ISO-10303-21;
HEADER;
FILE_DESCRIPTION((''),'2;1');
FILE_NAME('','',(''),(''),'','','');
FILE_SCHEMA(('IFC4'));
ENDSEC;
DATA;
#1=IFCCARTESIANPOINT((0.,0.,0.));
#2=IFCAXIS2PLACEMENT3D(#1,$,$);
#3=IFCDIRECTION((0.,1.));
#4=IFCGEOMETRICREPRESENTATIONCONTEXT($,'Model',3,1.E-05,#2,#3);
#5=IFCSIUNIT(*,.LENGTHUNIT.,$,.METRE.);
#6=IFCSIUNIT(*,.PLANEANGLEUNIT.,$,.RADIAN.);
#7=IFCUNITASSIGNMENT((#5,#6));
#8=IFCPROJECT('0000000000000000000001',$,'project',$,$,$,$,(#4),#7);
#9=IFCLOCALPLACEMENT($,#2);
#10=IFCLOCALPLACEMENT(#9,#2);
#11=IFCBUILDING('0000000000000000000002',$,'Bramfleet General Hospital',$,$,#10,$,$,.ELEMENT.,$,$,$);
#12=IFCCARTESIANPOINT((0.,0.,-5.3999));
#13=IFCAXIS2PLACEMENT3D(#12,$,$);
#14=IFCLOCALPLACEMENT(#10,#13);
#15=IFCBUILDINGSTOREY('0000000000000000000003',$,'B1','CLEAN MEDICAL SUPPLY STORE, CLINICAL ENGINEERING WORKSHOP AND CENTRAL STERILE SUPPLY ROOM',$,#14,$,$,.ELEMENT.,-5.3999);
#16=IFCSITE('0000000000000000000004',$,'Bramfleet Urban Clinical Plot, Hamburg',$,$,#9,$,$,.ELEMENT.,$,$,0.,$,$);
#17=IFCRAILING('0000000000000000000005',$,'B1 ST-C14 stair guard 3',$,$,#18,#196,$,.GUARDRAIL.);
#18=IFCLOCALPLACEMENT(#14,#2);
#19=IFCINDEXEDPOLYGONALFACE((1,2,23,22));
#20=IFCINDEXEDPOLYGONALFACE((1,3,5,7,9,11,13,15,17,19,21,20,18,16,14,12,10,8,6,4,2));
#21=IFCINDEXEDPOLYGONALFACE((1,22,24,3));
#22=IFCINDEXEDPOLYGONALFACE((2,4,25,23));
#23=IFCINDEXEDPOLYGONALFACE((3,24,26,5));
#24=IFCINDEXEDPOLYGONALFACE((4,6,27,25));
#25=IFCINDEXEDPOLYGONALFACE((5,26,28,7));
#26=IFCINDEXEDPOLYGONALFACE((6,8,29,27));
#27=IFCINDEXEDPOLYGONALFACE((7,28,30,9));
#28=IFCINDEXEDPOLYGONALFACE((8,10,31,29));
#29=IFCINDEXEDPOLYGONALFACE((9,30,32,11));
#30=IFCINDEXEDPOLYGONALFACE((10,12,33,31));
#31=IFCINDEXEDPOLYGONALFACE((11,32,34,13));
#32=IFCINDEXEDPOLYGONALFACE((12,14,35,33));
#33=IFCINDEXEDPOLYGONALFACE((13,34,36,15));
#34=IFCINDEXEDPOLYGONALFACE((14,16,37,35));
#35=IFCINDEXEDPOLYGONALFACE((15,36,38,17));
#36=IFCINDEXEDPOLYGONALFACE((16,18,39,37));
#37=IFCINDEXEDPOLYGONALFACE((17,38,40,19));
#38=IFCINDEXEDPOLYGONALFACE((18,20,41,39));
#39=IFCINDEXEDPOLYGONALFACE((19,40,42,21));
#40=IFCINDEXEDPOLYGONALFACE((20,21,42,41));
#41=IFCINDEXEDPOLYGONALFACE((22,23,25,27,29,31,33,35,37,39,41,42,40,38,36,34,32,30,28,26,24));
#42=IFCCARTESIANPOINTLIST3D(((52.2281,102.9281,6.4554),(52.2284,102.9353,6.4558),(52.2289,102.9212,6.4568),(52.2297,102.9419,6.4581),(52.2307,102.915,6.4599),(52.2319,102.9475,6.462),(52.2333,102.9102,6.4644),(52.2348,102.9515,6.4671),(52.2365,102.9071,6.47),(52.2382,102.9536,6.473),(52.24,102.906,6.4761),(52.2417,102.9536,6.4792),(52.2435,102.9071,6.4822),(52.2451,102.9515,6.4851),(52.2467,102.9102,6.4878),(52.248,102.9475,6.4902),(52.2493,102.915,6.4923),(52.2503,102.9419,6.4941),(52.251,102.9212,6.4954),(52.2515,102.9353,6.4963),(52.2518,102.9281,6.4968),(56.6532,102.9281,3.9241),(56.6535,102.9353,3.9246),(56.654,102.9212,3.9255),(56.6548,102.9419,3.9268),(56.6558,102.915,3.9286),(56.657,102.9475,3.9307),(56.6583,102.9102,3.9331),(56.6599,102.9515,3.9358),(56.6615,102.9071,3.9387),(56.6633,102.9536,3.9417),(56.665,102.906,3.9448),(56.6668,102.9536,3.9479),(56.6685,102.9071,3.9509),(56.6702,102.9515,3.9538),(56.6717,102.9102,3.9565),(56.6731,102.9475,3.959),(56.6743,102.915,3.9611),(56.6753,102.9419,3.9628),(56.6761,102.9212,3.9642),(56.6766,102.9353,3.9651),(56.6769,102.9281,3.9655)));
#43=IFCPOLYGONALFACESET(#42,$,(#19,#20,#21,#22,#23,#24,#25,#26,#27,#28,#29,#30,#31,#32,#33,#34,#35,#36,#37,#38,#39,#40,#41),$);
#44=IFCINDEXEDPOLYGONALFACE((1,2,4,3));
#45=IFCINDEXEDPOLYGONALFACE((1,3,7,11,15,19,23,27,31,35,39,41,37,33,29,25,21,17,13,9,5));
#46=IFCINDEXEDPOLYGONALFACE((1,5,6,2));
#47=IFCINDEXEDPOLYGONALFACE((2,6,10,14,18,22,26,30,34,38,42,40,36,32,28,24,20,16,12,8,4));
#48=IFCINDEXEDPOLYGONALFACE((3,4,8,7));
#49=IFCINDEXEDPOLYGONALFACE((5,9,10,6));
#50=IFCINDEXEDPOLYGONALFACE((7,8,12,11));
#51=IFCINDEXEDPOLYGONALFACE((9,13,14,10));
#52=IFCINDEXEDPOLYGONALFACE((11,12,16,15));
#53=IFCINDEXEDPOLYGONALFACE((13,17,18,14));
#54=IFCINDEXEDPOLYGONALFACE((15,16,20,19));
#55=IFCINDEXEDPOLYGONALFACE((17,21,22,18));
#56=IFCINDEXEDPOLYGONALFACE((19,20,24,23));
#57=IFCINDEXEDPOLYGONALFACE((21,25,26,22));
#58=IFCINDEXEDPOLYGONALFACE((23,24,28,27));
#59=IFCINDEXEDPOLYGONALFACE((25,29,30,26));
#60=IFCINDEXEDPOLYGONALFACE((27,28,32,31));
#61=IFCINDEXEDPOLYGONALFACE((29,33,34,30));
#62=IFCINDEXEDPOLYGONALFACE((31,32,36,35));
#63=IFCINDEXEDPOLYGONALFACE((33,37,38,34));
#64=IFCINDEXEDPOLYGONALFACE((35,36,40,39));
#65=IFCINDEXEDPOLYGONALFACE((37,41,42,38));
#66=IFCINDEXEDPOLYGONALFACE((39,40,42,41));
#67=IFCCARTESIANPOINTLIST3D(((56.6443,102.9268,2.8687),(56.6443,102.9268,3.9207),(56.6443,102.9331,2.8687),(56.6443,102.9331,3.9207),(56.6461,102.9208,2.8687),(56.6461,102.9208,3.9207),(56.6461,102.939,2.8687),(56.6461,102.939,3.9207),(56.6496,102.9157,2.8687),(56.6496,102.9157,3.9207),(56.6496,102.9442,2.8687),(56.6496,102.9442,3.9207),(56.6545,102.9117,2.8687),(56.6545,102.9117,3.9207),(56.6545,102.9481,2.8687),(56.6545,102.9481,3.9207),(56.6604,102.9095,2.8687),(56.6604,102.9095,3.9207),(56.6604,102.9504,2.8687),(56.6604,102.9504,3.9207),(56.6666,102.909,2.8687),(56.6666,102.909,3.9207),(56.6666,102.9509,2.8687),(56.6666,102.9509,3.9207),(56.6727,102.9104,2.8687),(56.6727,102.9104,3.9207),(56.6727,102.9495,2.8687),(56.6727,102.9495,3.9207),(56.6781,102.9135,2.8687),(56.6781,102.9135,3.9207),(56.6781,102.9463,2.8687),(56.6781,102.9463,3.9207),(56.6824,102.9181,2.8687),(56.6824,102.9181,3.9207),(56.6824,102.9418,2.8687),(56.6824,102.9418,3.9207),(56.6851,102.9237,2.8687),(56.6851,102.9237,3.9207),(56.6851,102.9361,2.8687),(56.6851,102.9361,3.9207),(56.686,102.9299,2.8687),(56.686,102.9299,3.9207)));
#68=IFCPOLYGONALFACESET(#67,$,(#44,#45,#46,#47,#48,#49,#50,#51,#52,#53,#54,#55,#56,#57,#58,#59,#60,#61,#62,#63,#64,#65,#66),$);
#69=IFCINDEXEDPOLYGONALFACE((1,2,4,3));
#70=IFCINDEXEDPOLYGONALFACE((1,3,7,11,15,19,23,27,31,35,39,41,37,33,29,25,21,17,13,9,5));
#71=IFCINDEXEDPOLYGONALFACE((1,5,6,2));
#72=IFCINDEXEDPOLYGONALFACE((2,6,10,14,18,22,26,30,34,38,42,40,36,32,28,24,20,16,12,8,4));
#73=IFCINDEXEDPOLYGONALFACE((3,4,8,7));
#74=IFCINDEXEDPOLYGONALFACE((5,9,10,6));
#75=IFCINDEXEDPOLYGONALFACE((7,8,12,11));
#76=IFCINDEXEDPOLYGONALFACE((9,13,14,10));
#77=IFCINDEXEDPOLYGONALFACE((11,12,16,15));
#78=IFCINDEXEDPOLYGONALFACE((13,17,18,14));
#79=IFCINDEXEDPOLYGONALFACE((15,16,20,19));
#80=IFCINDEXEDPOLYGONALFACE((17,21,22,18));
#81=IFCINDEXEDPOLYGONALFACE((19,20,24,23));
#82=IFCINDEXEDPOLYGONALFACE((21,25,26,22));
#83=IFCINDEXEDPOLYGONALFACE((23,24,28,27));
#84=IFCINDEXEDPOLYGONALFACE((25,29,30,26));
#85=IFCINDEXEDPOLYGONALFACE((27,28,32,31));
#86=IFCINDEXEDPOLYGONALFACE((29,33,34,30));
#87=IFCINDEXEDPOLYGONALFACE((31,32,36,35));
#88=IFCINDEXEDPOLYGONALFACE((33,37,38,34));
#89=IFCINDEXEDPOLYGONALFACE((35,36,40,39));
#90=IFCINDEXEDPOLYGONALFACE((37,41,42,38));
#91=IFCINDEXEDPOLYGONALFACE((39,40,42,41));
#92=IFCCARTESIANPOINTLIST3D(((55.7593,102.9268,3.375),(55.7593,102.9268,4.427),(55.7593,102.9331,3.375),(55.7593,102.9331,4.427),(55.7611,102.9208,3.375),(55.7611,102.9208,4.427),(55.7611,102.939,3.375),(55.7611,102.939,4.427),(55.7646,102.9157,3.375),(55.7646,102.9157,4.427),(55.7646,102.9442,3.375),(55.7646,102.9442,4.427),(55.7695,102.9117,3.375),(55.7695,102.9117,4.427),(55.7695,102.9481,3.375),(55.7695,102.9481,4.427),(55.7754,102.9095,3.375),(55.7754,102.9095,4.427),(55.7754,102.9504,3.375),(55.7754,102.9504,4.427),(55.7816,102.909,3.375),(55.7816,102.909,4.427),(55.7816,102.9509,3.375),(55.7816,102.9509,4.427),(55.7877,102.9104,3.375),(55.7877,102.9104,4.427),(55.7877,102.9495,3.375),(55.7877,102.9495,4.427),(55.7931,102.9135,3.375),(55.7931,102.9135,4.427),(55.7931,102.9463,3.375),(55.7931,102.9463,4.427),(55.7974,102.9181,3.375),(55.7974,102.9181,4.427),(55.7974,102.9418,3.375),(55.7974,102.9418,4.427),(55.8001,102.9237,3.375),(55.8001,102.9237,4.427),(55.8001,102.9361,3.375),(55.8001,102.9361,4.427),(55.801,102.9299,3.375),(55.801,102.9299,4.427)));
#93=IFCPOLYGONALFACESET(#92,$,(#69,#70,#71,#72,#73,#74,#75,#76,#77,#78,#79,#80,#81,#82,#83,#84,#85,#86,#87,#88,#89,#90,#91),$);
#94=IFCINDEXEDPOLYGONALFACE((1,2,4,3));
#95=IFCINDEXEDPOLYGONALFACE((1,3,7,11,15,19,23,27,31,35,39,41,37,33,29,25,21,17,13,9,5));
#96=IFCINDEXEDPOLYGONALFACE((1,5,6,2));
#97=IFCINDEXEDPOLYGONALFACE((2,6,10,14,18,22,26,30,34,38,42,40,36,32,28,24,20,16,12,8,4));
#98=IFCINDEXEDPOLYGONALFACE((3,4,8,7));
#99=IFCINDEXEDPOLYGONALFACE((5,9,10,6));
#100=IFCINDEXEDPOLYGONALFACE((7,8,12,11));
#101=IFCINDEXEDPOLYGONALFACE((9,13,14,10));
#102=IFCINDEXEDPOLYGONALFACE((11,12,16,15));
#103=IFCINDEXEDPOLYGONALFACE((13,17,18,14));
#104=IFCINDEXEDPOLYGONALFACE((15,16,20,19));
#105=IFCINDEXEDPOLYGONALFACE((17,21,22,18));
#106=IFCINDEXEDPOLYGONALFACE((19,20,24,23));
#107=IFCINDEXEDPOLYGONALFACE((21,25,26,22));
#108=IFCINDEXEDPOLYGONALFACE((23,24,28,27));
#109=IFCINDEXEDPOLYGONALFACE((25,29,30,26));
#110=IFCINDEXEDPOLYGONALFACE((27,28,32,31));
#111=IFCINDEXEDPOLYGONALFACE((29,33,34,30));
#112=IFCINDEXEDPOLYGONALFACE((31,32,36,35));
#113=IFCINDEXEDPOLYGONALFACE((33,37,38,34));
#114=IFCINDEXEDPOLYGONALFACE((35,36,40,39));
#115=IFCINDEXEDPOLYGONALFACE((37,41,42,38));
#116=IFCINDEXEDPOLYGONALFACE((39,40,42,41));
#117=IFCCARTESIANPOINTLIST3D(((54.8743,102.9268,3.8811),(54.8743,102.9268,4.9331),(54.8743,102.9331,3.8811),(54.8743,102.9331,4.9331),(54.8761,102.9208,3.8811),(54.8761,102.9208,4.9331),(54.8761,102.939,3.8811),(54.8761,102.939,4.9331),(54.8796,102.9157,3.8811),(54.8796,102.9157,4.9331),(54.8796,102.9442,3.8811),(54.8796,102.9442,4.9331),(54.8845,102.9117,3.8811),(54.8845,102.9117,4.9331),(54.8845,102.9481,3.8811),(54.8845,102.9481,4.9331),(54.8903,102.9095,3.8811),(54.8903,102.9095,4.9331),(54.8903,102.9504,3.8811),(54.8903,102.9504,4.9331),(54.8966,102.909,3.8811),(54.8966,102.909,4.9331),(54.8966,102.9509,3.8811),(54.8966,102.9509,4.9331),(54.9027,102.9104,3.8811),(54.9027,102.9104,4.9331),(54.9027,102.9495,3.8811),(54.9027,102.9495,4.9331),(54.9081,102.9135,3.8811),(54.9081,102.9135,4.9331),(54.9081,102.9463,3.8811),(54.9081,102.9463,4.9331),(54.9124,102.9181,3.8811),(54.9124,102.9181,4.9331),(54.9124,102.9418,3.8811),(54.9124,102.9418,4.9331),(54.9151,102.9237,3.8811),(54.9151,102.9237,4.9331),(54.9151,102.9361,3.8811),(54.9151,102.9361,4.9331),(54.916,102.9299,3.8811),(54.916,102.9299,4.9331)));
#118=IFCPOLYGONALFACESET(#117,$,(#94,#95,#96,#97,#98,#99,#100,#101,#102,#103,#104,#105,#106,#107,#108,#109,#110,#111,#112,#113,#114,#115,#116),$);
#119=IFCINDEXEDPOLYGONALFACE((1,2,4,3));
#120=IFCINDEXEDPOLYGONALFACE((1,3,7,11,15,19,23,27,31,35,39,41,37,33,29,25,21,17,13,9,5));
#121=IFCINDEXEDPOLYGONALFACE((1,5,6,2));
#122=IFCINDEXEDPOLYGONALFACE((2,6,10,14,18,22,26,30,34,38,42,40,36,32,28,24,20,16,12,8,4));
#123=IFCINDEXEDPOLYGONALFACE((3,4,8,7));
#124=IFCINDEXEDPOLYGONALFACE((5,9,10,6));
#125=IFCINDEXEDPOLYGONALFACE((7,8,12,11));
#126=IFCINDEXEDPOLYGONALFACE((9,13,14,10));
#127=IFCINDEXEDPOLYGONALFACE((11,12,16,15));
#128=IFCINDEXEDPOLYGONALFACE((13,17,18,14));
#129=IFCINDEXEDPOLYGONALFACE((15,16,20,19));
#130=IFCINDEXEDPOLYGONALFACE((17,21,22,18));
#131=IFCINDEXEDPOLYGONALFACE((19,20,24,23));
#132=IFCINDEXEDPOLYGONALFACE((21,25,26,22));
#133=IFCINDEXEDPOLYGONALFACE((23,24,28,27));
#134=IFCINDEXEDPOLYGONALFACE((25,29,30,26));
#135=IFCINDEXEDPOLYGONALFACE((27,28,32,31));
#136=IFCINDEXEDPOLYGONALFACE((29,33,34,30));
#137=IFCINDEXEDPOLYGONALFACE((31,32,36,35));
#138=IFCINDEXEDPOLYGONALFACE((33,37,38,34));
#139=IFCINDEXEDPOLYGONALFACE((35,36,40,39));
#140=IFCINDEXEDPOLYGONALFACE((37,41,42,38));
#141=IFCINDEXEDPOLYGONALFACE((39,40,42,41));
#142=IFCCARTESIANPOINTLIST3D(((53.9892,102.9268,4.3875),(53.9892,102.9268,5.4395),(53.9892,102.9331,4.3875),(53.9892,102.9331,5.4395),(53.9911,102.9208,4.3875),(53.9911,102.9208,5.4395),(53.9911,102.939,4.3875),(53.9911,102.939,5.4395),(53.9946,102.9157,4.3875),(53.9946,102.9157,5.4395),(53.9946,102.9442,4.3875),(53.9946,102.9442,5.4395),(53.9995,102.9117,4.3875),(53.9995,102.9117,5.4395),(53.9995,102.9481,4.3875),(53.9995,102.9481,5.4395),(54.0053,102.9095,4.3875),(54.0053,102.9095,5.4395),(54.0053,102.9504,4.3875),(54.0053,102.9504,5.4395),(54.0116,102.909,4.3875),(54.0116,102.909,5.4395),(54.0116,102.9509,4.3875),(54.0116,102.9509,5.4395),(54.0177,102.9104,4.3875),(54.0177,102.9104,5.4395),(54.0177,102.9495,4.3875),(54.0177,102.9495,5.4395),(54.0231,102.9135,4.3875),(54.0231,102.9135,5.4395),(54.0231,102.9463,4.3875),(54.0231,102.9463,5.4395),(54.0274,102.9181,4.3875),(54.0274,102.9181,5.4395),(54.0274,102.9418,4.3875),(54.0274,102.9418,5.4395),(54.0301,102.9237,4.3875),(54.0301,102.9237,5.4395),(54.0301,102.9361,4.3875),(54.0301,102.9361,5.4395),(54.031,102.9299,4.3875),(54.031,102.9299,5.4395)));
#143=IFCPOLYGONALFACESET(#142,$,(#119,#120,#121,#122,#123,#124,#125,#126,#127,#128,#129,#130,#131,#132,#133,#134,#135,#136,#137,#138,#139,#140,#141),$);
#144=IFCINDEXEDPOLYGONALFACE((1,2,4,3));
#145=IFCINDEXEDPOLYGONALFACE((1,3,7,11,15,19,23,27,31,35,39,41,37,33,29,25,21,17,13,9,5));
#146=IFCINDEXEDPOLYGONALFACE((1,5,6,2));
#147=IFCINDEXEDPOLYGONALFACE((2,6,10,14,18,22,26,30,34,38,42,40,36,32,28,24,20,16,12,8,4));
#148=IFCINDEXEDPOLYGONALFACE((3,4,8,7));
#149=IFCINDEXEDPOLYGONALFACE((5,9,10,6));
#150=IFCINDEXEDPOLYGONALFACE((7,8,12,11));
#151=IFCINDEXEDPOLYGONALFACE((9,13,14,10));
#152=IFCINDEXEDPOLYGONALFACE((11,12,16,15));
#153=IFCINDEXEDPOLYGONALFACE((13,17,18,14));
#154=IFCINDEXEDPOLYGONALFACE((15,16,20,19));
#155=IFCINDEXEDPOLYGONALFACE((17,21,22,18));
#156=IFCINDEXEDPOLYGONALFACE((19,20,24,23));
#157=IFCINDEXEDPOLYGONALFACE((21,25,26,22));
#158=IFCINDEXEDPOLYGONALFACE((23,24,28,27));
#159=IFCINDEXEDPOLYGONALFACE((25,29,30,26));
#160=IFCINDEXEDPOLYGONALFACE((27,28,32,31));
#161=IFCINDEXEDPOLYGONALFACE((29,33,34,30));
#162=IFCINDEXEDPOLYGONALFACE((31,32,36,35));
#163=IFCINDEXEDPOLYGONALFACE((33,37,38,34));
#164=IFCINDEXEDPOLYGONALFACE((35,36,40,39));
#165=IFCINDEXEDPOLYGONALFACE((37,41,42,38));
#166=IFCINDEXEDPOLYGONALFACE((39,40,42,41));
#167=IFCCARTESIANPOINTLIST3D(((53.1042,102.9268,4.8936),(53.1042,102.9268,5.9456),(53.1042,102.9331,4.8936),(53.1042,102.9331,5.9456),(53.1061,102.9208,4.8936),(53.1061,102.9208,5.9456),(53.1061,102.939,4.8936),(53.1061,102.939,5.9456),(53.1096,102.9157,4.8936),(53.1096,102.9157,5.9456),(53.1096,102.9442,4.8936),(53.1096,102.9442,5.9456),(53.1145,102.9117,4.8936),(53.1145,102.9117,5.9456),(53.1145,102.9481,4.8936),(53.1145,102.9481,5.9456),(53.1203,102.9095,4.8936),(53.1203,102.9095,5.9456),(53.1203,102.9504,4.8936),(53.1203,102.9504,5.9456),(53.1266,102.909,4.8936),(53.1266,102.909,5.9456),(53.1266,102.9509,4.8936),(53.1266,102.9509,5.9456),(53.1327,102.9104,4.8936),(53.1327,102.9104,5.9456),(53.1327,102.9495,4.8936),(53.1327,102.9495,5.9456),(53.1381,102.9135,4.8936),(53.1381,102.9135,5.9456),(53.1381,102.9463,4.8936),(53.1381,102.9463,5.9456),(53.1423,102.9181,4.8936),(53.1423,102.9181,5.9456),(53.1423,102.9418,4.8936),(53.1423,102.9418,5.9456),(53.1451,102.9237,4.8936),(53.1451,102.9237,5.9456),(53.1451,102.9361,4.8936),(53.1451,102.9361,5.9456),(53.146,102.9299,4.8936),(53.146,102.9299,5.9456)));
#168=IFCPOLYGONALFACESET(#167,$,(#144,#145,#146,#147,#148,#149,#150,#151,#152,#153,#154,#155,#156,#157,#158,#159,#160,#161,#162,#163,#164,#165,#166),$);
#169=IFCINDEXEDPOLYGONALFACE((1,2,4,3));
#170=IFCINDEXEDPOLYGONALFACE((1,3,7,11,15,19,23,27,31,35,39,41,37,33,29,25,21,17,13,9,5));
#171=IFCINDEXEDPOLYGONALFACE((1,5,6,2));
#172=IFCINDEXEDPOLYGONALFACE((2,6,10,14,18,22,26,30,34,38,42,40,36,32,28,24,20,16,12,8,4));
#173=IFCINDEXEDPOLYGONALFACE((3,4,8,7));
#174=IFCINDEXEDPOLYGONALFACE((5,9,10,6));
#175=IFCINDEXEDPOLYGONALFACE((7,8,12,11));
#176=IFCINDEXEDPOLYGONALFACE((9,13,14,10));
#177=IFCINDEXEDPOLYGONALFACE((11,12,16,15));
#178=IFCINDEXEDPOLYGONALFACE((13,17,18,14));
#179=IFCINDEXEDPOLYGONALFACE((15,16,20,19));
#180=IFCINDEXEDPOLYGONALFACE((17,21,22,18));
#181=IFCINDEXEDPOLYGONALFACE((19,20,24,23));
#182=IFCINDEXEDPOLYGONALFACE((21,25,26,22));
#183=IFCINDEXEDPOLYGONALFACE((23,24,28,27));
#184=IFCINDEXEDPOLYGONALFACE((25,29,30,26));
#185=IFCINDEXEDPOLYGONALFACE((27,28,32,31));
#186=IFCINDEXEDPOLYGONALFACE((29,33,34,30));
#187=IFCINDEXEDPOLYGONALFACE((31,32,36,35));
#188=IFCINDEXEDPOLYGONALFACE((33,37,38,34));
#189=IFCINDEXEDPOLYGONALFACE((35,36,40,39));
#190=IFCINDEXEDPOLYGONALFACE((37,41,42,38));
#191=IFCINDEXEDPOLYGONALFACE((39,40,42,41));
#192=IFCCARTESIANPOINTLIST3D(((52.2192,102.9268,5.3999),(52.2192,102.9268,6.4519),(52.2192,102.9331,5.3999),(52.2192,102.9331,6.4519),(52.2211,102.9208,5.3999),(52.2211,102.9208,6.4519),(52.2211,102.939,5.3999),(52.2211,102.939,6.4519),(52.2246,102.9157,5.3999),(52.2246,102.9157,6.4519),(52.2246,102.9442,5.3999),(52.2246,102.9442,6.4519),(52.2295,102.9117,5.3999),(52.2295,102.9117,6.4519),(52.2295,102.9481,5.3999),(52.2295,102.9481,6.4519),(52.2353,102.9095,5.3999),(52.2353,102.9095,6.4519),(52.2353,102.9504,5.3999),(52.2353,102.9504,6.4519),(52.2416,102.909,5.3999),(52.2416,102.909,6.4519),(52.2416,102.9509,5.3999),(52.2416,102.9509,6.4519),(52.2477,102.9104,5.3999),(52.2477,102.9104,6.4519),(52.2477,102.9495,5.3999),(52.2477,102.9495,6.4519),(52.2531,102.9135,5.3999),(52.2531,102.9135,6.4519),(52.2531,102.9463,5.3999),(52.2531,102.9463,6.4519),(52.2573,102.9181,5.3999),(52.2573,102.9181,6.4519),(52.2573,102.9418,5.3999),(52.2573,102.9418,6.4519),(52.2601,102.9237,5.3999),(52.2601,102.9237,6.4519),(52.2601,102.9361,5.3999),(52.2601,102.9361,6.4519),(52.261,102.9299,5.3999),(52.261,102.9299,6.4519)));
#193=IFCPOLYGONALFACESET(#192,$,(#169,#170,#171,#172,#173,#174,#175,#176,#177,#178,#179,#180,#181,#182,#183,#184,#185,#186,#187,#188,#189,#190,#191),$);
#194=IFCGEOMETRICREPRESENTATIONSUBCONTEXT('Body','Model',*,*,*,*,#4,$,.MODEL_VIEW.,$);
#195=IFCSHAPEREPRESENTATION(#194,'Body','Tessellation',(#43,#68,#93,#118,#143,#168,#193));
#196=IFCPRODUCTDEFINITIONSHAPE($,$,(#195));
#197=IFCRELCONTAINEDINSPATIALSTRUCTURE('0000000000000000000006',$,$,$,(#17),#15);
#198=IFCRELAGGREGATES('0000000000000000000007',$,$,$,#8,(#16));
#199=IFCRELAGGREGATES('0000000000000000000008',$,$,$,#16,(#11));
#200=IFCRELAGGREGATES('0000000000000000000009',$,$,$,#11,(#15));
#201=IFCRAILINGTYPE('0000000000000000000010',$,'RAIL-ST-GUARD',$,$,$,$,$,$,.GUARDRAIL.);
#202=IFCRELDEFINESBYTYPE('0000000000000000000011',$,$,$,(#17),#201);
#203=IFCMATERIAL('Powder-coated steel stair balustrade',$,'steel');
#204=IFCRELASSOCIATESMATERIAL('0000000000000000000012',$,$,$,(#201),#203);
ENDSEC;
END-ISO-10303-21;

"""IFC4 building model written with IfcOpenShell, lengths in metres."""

from ifc_helpers import new_model, si_unit, direction, frame, origin, origin_2d, place, context, subcontext, project, spatial, circle, extrude, material, type_object, element, save


model = new_model("IFC4")

# Units and contexts
model_context = context("Model", 3, precision=1e-05, world=origin(), true_north=direction((0.0, 1.0)))
body_context = subcontext(model_context, "Body", "Model", "MODEL_VIEW")
ifc_project = project(units=[si_unit("LENGTHUNIT", "METRE"), si_unit("PLANEANGLEUNIT", "RADIAN")], contexts=[model_context])

# Site, building, storey
site_placement = place(None, origin())
site = spatial("IfcSite", under=ifc_project, at=site_placement, Name="Bramfleet Urban Clinical Plot, Hamburg", CompositionType="ELEMENT", RefElevation=0.0)
building_placement = place(site_placement, origin())
building = spatial("IfcBuilding", under=site, at=building_placement, Name="Bramfleet General Hospital", CompositionType="ELEMENT")
storey_placement = place(building_placement, frame((0.0, 0.0, -5.3999)))
storey = spatial("IfcBuildingStorey", under=building, at=storey_placement, Name="B1", Description="CLEAN MEDICAL SUPPLY STORE, CLINICAL ENGINEERING WORKSHOP AND CENTRAL STERILE SUPPLY ROOM", CompositionType="ELEMENT", Elevation=-5.3999)

# Railing
ifc_material_1 = material(Name="Powder-coated steel stair balustrade", Category="steel")
railing_type_1 = type_object("IfcRailingType", Name="RAIL-ST-GUARD", PredefinedType="GUARDRAIL", material=ifc_material_1)
railing_1_placement = place(storey_placement, frame((56.665, 102.9299, 2.8687)))
element("IfcRailing", 1, at=railing_1_placement, inside=storey, type_object=railing_type_1, Name="B1 ST-C14 stair guard 3", PredefinedType="GUARDRAIL", context=body_context, shape_type="SweptSolid", body=[
    extrude(circle(Radius=0.0239, at=origin_2d()), frame((0.0, 0.0, 1.0762), z_axis=(-0.868019, 0.0, 0.496531), x_axis=(0.0, -1.0, 0.0)), (0.0, 0.0, 1.0), 5.0979),
    extrude(circle(Radius=0.021, at=origin_2d()), origin(), (0.0, 0.0, 1.0), 1.052),
    extrude(circle(Radius=0.021, at=origin_2d()), frame((-0.885, 0.0, 0.5063)), (0.0, 0.0, 1.0), 1.052),
    extrude(circle(Radius=0.021, at=origin_2d()), frame((-1.77, 0.0, 1.0125)), (0.0, 0.0, 1.0), 1.052),
    extrude(circle(Radius=0.021, at=origin_2d()), frame((-2.655, 0.0, 1.5188)), (0.0, 0.0, 1.0), 1.052),
    extrude(circle(Radius=0.021, at=origin_2d()), frame((-3.54, 0.0, 2.0249)), (0.0, 0.0, 1.0), 1.052),
    extrude(circle(Radius=0.021, at=origin_2d()), frame((-4.425, 0.0, 2.5312)), (0.0, 0.0, 1.0), 1.052),
])

save(model, "model.ifc")
